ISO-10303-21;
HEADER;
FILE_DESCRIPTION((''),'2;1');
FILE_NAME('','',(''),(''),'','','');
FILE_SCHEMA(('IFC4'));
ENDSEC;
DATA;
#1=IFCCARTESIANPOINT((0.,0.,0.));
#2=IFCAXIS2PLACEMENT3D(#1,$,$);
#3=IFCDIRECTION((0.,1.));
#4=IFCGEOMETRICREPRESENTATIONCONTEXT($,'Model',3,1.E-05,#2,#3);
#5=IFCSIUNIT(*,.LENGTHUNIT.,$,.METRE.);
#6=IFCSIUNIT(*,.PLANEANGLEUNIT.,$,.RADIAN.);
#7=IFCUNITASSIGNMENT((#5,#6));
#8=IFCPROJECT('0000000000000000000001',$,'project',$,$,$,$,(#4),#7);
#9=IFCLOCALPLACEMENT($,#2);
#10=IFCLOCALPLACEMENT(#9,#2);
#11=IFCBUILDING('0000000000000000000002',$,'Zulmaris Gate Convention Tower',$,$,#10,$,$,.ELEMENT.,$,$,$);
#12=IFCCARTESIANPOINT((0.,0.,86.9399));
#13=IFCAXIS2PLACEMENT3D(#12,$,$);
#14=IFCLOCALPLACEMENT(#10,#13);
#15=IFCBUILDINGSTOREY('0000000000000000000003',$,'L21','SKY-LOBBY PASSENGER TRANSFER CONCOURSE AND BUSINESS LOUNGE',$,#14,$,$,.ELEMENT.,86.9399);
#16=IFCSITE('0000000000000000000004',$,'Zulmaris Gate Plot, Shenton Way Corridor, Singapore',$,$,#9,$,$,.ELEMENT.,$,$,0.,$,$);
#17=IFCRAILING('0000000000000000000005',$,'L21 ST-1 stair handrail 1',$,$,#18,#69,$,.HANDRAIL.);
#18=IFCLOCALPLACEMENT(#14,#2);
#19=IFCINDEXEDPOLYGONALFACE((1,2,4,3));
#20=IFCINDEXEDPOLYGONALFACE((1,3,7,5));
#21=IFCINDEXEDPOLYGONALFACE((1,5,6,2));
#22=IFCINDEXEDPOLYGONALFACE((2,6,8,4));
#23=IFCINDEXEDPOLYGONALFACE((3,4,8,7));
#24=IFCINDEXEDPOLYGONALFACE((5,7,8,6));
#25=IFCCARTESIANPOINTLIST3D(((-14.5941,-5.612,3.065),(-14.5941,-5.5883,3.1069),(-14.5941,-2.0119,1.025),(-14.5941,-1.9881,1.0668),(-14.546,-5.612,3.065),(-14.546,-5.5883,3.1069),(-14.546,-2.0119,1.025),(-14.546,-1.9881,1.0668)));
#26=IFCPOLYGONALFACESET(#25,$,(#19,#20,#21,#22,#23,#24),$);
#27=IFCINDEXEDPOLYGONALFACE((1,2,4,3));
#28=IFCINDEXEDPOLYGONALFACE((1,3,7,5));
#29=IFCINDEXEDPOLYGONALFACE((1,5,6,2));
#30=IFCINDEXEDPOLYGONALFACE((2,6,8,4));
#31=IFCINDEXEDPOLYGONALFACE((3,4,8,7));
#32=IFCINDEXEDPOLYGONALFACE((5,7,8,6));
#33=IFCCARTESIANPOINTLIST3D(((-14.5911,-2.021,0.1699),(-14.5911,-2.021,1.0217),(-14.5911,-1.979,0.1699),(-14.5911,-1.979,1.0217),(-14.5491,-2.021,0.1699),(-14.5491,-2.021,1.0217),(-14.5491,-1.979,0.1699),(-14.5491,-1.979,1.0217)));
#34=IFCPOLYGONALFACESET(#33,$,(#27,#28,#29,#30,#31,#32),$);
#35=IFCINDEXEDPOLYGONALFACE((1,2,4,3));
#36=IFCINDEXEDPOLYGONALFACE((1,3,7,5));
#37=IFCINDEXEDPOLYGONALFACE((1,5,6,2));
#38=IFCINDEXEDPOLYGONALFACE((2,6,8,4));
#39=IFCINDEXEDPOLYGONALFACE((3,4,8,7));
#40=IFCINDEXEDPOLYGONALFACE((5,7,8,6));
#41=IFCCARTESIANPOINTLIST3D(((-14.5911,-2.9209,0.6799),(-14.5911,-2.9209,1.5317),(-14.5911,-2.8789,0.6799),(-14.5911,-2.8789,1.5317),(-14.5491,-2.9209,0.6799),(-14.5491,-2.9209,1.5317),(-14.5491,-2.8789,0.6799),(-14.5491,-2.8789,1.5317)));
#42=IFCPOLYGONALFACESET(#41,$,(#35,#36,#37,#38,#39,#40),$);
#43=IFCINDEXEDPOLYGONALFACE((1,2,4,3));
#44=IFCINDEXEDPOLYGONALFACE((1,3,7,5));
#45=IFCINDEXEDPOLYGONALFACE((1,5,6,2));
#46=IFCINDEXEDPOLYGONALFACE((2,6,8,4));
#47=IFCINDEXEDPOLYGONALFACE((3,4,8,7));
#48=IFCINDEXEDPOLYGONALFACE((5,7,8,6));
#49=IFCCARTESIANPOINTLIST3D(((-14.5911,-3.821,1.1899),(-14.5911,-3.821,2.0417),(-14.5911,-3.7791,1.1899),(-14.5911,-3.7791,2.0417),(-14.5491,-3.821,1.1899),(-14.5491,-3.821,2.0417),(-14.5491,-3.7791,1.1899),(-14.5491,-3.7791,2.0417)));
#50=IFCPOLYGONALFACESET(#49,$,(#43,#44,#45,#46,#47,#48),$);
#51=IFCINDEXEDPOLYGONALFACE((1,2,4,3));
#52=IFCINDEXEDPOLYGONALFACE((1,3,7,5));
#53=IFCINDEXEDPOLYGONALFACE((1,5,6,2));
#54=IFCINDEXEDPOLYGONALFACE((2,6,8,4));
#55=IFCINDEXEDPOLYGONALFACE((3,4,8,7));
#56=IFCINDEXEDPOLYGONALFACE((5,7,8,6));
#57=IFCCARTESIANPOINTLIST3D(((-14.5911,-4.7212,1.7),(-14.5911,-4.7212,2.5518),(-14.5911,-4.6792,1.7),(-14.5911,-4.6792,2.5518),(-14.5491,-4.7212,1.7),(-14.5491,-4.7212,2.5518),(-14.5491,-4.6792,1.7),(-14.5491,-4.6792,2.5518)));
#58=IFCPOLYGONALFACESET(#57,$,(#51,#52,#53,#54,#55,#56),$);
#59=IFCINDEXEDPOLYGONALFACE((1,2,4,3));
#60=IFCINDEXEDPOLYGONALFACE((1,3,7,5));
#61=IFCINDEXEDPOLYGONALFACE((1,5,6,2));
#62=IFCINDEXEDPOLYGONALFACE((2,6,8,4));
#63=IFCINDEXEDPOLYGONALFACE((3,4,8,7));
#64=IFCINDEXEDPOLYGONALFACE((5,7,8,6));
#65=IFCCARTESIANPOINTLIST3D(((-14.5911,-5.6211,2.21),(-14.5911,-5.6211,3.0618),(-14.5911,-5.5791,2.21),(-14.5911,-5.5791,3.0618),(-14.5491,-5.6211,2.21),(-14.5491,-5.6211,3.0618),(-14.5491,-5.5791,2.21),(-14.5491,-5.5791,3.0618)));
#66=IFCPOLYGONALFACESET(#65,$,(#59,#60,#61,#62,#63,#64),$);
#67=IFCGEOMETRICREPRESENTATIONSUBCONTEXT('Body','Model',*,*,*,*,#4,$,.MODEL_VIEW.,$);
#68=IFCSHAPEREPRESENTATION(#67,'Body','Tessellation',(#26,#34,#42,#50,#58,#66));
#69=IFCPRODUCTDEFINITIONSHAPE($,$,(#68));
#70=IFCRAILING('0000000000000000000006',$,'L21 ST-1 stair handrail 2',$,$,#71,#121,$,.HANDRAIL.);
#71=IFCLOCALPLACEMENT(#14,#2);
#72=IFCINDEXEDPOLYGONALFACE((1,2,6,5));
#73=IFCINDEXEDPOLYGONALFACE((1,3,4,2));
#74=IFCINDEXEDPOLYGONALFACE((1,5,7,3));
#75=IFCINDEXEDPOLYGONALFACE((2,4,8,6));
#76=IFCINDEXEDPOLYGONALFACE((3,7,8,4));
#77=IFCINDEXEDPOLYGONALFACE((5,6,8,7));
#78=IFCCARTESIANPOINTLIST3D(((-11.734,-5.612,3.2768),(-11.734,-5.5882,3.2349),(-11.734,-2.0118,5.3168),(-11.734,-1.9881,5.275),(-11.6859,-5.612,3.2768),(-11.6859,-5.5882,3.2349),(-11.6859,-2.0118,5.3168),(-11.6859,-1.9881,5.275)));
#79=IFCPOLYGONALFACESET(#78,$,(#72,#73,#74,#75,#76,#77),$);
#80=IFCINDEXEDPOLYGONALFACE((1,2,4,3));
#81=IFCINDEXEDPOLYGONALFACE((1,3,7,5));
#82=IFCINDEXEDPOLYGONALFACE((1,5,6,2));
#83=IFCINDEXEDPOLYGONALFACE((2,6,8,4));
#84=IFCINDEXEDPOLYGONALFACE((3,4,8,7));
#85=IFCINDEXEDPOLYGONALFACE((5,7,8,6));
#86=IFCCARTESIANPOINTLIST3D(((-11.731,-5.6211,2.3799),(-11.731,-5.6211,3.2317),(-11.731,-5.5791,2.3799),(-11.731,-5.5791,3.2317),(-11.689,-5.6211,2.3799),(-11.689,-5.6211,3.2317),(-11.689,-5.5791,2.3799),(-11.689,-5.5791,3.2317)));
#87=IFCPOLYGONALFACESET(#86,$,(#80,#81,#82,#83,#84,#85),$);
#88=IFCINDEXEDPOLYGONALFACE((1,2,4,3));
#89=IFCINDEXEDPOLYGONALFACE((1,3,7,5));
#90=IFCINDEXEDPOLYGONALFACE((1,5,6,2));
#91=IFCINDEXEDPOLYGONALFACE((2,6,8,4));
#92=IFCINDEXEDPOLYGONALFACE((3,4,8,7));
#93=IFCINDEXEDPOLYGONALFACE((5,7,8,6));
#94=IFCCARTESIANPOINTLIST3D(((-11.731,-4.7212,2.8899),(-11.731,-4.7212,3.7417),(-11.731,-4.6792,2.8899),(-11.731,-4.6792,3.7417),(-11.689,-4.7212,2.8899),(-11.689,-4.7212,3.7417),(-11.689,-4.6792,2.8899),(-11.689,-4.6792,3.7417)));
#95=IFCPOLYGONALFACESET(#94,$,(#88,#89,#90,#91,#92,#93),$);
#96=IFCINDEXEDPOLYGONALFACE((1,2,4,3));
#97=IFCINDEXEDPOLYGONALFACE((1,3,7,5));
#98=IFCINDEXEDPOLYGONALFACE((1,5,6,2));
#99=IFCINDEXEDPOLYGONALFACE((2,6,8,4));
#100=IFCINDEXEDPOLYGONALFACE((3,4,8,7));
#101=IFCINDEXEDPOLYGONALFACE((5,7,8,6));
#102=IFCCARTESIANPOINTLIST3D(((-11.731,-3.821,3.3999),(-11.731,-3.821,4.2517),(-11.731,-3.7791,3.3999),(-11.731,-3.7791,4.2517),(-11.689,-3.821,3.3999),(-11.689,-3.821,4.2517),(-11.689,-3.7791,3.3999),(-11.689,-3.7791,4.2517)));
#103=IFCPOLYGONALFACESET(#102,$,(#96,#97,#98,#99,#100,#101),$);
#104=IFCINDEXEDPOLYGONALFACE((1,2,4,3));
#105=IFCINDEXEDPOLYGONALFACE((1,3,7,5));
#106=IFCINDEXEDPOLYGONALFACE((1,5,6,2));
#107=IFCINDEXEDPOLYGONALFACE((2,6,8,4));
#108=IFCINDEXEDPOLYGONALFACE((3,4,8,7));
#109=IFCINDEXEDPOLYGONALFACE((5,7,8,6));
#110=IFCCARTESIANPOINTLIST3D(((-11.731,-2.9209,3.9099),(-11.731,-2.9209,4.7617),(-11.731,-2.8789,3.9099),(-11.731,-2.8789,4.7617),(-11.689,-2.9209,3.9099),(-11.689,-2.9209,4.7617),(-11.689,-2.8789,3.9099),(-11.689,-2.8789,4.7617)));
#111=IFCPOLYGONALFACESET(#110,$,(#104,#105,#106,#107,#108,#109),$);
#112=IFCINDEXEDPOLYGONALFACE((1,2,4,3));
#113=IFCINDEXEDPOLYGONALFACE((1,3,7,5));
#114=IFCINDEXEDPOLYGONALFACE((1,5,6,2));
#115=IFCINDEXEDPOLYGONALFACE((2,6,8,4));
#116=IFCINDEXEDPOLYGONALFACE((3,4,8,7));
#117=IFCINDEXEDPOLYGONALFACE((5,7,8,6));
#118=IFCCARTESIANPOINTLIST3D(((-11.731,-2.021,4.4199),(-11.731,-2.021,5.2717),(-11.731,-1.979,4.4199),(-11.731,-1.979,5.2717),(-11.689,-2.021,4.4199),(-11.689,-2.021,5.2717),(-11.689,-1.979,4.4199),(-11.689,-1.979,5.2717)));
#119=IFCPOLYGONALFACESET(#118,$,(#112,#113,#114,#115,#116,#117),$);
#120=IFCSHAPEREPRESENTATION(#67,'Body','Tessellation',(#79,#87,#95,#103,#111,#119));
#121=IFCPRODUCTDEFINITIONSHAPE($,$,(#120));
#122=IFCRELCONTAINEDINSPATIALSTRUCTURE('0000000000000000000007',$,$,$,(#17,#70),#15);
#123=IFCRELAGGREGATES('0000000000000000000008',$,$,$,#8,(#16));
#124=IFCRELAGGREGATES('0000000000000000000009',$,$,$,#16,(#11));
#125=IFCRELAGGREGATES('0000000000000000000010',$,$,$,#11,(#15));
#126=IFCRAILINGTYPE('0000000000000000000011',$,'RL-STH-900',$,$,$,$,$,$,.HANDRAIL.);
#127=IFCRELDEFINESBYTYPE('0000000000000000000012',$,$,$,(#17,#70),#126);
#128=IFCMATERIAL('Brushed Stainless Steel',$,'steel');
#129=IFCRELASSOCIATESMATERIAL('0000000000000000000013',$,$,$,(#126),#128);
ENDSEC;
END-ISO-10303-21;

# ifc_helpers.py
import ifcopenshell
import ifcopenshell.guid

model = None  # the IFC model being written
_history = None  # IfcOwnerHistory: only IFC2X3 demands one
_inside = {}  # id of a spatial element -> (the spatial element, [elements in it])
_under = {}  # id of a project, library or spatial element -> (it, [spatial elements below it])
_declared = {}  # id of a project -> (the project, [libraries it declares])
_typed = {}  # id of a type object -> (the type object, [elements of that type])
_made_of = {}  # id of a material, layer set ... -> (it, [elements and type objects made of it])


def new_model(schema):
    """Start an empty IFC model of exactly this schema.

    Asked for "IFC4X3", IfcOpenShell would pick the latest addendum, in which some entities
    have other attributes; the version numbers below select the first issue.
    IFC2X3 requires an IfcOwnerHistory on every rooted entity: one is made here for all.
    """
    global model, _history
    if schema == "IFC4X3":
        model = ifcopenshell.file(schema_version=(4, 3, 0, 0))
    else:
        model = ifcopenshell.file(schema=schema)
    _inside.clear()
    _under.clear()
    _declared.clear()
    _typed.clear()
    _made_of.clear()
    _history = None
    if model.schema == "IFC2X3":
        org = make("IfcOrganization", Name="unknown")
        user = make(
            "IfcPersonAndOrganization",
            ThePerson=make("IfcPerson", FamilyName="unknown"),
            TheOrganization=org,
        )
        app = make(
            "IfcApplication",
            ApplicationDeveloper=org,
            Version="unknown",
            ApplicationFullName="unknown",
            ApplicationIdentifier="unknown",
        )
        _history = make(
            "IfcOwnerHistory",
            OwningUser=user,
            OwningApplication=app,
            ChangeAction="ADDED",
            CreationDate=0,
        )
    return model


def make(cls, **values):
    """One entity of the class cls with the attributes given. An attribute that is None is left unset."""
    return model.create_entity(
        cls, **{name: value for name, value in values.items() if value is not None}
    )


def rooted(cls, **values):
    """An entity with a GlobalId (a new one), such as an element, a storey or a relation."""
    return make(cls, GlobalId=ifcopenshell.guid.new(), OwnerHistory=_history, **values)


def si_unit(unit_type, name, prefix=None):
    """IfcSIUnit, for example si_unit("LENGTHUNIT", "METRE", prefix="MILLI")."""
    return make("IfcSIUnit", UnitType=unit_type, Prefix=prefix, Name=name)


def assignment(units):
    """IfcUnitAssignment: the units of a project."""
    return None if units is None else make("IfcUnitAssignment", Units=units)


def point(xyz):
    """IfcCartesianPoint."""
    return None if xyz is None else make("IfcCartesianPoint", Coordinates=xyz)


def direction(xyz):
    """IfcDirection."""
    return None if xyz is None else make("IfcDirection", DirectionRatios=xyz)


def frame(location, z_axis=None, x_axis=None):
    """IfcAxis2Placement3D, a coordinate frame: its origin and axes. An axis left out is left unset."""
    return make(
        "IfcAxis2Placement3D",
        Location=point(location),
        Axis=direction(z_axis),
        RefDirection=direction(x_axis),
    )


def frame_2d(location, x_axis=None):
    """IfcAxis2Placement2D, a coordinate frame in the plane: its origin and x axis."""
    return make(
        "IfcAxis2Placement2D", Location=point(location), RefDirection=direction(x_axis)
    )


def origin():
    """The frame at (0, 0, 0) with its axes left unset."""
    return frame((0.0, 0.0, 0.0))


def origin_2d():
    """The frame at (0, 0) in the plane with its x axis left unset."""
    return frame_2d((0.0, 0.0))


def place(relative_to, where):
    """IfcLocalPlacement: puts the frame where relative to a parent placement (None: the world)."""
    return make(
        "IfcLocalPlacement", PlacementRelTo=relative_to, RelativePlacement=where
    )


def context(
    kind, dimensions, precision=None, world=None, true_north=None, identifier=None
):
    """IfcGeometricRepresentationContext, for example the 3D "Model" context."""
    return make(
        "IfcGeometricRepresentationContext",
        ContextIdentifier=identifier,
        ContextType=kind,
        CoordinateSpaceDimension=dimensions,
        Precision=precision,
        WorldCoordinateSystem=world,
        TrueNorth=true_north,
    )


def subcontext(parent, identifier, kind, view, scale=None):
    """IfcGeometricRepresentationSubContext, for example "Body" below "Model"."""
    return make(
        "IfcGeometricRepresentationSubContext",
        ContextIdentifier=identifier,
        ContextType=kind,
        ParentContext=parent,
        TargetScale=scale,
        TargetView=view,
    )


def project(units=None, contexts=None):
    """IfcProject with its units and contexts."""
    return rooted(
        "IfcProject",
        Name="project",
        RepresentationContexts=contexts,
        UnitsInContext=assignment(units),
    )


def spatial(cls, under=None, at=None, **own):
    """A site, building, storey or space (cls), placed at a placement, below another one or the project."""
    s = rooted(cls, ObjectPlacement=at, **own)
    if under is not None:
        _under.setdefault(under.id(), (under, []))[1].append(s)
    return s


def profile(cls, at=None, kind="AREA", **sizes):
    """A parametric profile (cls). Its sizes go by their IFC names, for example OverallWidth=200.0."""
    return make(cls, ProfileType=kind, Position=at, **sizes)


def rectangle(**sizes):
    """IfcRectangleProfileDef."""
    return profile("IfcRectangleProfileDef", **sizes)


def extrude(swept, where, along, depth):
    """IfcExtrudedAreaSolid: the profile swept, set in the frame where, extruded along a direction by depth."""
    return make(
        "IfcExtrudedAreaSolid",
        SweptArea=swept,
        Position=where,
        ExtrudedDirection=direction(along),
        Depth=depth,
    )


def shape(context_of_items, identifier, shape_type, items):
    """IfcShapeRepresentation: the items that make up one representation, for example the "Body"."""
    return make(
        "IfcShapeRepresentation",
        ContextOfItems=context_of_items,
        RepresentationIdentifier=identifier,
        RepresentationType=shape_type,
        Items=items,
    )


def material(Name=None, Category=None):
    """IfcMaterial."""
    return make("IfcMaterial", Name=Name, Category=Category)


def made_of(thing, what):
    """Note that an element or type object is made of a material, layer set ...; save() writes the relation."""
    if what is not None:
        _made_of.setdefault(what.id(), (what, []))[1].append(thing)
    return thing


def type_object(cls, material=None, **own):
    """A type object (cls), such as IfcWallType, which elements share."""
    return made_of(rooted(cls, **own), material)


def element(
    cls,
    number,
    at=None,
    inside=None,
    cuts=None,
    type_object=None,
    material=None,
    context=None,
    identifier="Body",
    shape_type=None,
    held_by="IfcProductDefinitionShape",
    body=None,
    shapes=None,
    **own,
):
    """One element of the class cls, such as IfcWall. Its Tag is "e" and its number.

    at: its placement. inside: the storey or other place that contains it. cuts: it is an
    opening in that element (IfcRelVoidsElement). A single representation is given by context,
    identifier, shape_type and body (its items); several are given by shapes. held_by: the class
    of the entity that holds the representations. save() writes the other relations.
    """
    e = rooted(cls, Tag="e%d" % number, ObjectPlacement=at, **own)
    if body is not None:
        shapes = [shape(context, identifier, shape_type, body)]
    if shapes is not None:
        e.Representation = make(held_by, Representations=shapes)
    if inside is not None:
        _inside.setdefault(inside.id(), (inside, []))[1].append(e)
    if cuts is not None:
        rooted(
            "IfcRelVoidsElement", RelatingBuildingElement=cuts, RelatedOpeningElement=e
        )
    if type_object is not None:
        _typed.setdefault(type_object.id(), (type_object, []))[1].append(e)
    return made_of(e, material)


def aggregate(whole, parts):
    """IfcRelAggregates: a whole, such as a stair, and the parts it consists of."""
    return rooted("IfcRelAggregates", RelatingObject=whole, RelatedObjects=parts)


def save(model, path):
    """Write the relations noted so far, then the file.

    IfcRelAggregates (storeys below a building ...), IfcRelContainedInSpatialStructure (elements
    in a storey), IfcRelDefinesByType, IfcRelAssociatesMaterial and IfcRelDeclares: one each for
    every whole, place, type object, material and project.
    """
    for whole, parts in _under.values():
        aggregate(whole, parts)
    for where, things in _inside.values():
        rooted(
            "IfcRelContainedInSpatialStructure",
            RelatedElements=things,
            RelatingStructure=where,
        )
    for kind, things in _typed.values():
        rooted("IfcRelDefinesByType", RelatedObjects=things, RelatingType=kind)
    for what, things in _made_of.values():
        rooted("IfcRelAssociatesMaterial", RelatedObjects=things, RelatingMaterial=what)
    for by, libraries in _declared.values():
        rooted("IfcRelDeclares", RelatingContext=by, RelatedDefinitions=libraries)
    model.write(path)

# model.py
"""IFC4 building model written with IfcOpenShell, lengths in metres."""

from ifc_helpers import new_model, si_unit, direction, frame, origin, origin_2d, place, context, subcontext, project, spatial, rectangle, extrude, material, type_object, element, save


model = new_model("IFC4")

# Units and contexts
model_context = context("Model", 3, precision=1e-05, world=origin(), true_north=direction((0.0, 1.0)))
body_context = subcontext(model_context, "Body", "Model", "MODEL_VIEW")
ifc_project = project(units=[si_unit("LENGTHUNIT", "METRE"), si_unit("PLANEANGLEUNIT", "RADIAN")], contexts=[model_context])

# Site, building, storey
site_placement = place(None, origin())
site = spatial("IfcSite", under=ifc_project, at=site_placement, Name="Zulmaris Gate Plot, Shenton Way Corridor, Singapore", CompositionType="ELEMENT", RefElevation=0.0)
building_placement = place(site_placement, origin())
building = spatial("IfcBuilding", under=site, at=building_placement, Name="Zulmaris Gate Convention Tower", CompositionType="ELEMENT")
storey_placement = place(building_placement, frame((0.0, 0.0, 86.9399)))
storey = spatial("IfcBuildingStorey", under=building, at=storey_placement, Name="L21", Description="SKY-LOBBY PASSENGER TRANSFER CONCOURSE AND BUSINESS LOUNGE", CompositionType="ELEMENT", Elevation=86.9399)

# Railings
ifc_material_1 = material(Name="Brushed Stainless Steel", Category="steel")
railing_type_1 = type_object("IfcRailingType", Name="RL-STH-900", PredefinedType="HANDRAIL", material=ifc_material_1)
railing_1_placement = place(storey_placement, frame((-14.5701, -2.0, 0.1699)))
element("IfcRailing", 1, at=railing_1_placement, inside=storey, type_object=railing_type_1, Name="L21 ST-1 stair handrail 1", PredefinedType="HANDRAIL", context=body_context, shape_type="SweptSolid", body=[
    extrude(rectangle(XDim=0.0481, YDim=0.0481, at=origin_2d()), frame((0.0, 0.0, 0.876), z_axis=(0.0, -0.870024, 0.49301), x_axis=(1.0, 0.0, 0.0)), (0.0, 0.0, 1.0), 4.1379),
    extrude(rectangle(XDim=0.042, YDim=0.042, at=origin_2d()), origin(), (0.0, 0.0, 1.0), 0.8518),
    extrude(rectangle(XDim=0.042, YDim=0.042, at=origin_2d()), frame((0.0, -0.8999, 0.51)), (0.0, 0.0, 1.0), 0.8518),
    extrude(rectangle(XDim=0.042, YDim=0.042, at=origin_2d()), frame((0.0, -1.8, 1.02)), (0.0, 0.0, 1.0), 0.8518),
    extrude(rectangle(XDim=0.042, YDim=0.042, at=origin_2d()), frame((0.0, -2.7002, 1.53)), (0.0, 0.0, 1.0), 0.8518),
    extrude(rectangle(XDim=0.042, YDim=0.042, at=origin_2d()), frame((0.0, -3.6001, 2.04)), (0.0, 0.0, 1.0), 0.8518),
])
railing_2_placement = place(storey_placement, frame((-11.71, -5.6001, 2.3799)))
element("IfcRailing", 2, at=railing_2_placement, inside=storey, type_object=railing_type_1, Name="L21 ST-1 stair handrail 2", PredefinedType="HANDRAIL", context=body_context, shape_type="SweptSolid", body=[
    extrude(rectangle(XDim=0.0481, YDim=0.0481, at=origin_2d()), frame((0.0, 0.0, 0.876), z_axis=(0.0, 0.870024, 0.49301), x_axis=(-1.0, 0.0, 0.0)), (0.0, 0.0, 1.0), 4.1379),
    extrude(rectangle(XDim=0.042, YDim=0.042, at=origin_2d()), origin(), (0.0, 0.0, 1.0), 0.8518),
    extrude(rectangle(XDim=0.042, YDim=0.042, at=origin_2d()), frame((0.0, 0.8999, 0.51)), (0.0, 0.0, 1.0), 0.8518),
    extrude(rectangle(XDim=0.042, YDim=0.042, at=origin_2d()), frame((0.0, 1.8, 1.02)), (0.0, 0.0, 1.0), 0.8518),
    extrude(rectangle(XDim=0.042, YDim=0.042, at=origin_2d()), frame((0.0, 2.7002, 1.53)), (0.0, 0.0, 1.0), 0.8518),
    extrude(rectangle(XDim=0.042, YDim=0.042, at=origin_2d()), frame((0.0, 3.6001, 2.04)), (0.0, 0.0, 1.0), 0.8518),
])

save(model, "model.ifc")
